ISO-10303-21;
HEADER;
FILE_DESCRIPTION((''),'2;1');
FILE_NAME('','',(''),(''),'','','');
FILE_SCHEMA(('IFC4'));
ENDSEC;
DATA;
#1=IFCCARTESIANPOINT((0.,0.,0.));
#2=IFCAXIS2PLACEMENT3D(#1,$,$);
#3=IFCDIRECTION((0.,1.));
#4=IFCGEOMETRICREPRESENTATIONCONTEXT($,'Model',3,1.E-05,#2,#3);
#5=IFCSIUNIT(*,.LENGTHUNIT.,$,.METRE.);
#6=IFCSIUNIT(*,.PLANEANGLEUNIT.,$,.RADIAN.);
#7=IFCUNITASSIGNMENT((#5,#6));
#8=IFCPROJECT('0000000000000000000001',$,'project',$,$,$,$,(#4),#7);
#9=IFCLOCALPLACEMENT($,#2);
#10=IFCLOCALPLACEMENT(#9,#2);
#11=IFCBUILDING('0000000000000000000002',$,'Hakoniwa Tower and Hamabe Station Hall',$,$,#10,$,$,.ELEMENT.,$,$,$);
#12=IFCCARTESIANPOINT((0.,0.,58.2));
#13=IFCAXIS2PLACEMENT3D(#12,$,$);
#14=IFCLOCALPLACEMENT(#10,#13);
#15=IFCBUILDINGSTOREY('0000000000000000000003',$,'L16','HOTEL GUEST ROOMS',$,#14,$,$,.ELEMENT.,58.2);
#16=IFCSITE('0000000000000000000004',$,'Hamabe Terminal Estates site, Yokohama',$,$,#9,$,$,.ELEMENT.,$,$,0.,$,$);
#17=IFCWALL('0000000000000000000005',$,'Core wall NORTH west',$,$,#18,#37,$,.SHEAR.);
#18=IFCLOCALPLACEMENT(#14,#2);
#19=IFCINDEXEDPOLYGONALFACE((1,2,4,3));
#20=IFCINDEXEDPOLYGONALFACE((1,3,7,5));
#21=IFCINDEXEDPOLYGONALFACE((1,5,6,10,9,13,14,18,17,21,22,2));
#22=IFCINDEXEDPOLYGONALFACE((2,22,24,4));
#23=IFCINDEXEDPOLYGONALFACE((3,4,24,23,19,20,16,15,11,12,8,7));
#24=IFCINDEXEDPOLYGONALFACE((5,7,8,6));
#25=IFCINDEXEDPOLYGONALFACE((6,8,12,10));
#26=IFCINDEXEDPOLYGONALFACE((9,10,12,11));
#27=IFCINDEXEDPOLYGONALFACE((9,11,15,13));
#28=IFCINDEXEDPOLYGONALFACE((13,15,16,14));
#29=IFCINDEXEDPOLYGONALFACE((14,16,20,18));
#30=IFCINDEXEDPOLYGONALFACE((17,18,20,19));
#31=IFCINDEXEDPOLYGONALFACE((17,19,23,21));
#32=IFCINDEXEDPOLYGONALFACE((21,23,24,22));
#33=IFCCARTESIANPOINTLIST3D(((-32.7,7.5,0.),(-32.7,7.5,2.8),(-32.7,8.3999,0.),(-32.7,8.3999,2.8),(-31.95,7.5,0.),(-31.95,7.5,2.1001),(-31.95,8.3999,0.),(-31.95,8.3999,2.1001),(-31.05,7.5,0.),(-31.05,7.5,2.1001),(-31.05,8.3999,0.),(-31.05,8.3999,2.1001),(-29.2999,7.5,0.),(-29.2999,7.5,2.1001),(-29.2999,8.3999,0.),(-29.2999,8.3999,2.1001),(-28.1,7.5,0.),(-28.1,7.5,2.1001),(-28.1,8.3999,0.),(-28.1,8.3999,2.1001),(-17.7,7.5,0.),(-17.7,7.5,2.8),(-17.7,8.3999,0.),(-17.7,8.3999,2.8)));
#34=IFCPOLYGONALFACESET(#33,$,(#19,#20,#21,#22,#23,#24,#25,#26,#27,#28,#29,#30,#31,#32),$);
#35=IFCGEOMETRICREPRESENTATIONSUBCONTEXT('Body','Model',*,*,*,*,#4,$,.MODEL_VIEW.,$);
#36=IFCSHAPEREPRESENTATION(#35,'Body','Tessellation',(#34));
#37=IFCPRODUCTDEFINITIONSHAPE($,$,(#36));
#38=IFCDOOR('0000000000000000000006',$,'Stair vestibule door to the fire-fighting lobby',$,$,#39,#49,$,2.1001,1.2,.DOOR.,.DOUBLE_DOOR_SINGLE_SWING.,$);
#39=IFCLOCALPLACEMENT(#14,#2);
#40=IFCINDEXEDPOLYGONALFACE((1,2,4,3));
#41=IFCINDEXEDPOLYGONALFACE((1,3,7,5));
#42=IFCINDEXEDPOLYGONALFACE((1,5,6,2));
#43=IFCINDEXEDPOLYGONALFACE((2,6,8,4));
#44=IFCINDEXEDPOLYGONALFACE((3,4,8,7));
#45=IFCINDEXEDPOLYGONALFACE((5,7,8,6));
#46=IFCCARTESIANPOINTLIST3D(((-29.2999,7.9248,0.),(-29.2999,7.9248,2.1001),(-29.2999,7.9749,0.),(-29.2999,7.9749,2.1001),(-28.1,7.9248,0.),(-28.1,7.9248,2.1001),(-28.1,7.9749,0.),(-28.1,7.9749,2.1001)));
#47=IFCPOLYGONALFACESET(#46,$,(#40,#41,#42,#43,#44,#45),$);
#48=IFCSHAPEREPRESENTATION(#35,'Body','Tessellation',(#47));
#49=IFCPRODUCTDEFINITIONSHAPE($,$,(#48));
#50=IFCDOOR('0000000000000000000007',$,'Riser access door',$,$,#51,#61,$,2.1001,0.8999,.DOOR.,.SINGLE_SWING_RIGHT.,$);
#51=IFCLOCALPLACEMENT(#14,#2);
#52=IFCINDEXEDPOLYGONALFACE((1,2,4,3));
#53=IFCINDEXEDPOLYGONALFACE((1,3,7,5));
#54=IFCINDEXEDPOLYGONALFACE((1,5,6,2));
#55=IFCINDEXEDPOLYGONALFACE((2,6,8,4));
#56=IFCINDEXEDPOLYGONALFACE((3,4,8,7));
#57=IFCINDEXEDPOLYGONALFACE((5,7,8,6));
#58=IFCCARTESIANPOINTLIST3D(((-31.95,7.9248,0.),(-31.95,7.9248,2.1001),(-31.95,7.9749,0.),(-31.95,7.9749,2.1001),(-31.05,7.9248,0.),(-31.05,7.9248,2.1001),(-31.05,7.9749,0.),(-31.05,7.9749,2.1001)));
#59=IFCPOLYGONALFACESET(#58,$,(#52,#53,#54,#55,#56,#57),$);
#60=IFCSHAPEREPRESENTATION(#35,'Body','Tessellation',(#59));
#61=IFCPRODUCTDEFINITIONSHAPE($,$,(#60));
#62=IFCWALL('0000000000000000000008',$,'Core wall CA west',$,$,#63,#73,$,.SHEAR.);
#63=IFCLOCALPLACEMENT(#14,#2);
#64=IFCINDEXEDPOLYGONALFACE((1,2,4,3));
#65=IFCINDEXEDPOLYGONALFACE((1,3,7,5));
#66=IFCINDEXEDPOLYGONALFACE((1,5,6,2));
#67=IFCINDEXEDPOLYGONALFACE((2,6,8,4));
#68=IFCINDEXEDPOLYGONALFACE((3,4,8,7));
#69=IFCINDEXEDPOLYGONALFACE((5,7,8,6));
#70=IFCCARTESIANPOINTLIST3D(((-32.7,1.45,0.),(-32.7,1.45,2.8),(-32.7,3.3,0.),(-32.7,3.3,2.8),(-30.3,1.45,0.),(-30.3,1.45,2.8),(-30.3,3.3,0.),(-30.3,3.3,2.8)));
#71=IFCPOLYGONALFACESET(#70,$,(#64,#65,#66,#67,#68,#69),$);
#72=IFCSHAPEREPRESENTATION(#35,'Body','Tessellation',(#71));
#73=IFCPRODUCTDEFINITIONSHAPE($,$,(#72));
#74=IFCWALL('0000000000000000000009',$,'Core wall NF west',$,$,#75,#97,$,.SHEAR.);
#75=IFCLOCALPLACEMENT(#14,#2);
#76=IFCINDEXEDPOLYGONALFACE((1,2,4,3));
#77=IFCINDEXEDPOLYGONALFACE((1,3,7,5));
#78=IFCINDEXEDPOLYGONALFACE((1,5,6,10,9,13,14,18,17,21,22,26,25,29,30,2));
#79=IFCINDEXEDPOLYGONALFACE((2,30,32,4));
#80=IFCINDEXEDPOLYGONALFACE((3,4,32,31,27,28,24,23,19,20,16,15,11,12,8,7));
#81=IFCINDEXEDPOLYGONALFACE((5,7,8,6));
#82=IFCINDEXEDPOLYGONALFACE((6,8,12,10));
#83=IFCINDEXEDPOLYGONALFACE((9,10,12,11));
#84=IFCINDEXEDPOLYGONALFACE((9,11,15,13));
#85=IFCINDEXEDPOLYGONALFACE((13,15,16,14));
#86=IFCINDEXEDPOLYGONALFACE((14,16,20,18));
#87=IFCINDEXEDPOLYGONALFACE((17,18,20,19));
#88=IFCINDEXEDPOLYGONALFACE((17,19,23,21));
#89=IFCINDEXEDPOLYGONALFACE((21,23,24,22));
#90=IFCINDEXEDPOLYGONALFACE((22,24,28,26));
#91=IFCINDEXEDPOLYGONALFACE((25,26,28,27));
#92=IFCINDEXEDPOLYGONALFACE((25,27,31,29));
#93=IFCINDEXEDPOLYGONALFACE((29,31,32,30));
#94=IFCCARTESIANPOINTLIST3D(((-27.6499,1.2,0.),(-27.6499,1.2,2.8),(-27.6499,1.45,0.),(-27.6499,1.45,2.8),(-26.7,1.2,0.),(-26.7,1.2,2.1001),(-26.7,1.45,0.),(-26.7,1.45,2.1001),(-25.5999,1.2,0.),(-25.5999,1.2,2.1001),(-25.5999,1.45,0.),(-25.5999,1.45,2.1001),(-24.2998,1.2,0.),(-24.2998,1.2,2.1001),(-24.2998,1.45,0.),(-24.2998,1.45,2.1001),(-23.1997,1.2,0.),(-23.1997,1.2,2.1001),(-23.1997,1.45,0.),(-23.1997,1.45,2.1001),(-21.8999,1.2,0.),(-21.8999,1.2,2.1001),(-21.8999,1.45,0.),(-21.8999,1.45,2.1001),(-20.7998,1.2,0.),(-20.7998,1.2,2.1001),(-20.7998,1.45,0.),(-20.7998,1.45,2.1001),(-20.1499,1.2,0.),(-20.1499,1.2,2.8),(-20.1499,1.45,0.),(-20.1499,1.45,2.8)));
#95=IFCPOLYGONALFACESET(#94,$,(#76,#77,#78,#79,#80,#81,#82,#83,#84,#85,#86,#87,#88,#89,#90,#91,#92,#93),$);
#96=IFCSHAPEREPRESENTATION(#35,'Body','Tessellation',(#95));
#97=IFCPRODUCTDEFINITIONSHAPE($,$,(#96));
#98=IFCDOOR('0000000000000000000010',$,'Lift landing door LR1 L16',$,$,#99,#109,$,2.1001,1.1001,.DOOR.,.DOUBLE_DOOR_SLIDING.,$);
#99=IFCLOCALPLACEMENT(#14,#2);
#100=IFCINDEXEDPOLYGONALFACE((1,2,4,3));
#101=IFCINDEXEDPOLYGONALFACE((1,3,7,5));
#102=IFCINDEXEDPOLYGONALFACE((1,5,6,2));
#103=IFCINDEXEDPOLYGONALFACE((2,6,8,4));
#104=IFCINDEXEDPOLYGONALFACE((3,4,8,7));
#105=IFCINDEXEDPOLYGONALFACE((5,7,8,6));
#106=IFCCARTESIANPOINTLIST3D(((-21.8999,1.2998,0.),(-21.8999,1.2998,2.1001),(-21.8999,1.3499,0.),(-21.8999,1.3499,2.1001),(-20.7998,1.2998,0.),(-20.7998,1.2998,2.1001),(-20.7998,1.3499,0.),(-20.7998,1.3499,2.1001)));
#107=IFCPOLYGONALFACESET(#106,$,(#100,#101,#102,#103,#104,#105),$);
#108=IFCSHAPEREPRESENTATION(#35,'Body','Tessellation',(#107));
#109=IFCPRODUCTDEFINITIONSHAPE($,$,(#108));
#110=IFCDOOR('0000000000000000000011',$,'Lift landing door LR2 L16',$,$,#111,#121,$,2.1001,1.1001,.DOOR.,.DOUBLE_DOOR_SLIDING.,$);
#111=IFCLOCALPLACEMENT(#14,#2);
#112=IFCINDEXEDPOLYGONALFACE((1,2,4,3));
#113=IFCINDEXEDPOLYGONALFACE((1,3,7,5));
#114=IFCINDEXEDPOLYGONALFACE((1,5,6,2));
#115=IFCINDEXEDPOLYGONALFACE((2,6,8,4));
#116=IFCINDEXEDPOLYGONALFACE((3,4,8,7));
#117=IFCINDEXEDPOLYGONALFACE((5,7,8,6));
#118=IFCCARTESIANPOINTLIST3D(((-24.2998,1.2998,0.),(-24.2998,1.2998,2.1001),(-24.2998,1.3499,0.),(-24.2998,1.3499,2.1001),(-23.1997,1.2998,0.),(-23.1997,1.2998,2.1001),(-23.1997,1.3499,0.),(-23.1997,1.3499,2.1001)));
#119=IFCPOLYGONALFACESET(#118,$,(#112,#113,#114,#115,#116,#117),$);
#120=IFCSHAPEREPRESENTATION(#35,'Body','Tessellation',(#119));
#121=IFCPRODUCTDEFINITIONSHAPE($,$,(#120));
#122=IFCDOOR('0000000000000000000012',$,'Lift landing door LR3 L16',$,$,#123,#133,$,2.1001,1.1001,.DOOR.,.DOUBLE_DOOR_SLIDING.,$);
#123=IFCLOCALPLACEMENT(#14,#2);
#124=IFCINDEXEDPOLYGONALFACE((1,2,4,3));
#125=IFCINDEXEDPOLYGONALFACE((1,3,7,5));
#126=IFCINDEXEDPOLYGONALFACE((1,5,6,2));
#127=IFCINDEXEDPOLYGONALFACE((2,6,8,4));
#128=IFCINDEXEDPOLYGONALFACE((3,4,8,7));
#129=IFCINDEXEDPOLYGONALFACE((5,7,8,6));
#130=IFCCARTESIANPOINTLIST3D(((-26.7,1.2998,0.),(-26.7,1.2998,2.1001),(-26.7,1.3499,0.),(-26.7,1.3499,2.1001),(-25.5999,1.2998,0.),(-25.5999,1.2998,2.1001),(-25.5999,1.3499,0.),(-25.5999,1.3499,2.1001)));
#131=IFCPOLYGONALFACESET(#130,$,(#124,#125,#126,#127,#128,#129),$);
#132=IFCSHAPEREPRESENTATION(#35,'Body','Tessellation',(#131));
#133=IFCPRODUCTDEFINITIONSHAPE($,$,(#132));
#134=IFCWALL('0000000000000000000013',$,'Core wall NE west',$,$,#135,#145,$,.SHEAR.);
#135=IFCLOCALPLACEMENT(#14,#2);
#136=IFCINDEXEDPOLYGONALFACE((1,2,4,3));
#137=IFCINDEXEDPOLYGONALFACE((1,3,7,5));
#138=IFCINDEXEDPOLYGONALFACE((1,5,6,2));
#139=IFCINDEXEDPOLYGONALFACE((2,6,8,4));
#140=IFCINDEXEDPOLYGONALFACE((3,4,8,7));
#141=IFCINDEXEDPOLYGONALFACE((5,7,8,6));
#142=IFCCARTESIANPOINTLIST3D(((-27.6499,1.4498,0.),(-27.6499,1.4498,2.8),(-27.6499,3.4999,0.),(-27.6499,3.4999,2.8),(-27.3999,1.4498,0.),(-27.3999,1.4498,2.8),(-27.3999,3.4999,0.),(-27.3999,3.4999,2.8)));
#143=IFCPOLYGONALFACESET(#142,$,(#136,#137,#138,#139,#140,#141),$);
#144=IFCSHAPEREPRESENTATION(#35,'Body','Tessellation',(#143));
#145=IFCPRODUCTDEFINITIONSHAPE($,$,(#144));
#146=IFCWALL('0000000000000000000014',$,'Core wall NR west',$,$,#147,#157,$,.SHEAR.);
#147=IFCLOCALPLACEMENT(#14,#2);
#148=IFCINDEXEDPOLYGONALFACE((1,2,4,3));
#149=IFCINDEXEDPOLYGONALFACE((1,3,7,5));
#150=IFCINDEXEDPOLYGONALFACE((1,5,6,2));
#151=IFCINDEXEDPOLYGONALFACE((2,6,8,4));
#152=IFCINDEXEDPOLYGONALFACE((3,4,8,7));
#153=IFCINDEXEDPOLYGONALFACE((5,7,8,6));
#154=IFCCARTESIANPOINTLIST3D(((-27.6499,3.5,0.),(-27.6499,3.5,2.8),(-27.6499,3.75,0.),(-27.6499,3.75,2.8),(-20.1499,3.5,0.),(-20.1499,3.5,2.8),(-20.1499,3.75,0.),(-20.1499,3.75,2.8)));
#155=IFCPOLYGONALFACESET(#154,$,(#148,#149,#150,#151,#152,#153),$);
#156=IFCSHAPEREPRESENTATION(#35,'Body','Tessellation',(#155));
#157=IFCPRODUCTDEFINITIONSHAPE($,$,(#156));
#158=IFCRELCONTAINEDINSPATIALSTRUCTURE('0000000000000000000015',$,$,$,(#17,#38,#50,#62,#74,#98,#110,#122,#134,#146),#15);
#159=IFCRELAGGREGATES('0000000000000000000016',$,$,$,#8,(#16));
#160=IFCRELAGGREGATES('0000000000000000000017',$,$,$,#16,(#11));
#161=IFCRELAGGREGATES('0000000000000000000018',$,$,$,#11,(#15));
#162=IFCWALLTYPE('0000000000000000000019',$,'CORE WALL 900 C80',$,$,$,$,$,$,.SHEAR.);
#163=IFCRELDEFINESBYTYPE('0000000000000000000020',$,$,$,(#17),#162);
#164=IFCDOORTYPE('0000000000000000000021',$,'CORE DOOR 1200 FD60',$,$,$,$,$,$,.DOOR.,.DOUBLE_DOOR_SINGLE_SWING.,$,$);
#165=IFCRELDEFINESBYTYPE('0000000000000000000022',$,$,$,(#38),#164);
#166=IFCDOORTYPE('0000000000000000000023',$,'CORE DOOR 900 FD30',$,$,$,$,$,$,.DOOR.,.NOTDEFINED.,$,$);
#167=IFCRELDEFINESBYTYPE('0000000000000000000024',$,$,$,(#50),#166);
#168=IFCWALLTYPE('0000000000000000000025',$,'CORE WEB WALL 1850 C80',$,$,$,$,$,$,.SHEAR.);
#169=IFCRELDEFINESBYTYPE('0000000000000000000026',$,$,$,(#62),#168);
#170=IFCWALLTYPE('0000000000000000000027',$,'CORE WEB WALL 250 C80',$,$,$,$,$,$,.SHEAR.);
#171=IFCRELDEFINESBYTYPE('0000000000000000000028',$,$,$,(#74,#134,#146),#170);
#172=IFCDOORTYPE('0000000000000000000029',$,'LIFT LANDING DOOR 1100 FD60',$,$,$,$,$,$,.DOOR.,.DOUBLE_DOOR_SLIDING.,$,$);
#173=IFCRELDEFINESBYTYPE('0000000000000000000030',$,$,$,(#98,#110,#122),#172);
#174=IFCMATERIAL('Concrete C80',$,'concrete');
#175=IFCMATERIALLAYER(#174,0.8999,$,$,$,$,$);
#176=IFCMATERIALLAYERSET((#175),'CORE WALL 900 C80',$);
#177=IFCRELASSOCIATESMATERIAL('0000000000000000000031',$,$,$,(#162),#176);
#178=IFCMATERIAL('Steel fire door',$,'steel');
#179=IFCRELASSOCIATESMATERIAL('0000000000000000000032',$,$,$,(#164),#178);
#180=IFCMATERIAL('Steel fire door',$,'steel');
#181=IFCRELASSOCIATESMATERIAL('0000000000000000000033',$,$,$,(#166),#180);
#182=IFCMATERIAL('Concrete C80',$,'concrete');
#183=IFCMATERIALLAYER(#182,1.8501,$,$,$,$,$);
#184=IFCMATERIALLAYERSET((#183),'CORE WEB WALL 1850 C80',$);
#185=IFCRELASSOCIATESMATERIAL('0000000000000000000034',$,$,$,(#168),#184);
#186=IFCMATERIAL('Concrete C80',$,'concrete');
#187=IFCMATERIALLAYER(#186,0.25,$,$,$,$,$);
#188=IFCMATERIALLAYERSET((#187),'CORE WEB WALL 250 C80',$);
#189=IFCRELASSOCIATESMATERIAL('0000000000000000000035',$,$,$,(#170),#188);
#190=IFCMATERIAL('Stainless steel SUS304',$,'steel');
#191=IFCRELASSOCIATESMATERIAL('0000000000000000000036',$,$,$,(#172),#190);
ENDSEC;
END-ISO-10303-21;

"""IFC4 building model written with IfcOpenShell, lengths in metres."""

from ifc_helpers import new_model, si_unit, direction, frame, frame_2d, origin, place, context, subcontext, project, spatial, rectangle, extrude, material, layer, layer_set, type_object, element, fill, save


model = new_model("IFC4")

# Units and contexts
model_context = context("Model", 3, precision=1e-05, world=origin(), true_north=direction((0.0, 1.0)))
body_context = subcontext(model_context, "Body", "Model", "MODEL_VIEW")
ifc_project = project(units=[si_unit("LENGTHUNIT", "METRE"), si_unit("PLANEANGLEUNIT", "RADIAN")], contexts=[model_context])

# Site, building, storey
site_placement = place(None, origin())
site = spatial("IfcSite", under=ifc_project, at=site_placement, Name="Hamabe Terminal Estates site, Yokohama", CompositionType="ELEMENT", RefElevation=0.0)
building_placement = place(site_placement, origin())
building = spatial("IfcBuilding", under=site, at=building_placement, Name="Hakoniwa Tower and Hamabe Station Hall", CompositionType="ELEMENT")
storey_placement = place(building_placement, frame((0.0, 0.0, 58.2)))
storey = spatial("IfcBuildingStorey", under=building, at=storey_placement, Name="L16", Description="HOTEL GUEST ROOMS", CompositionType="ELEMENT", Elevation=58.2)

# Wall, openings, doors
ifc_material_1 = material(Name="Concrete C80", Category="concrete")
ifc_layer_1 = layer(ifc_material_1, 0.8999)
ifc_layer_set_1 = layer_set([ifc_layer_1], Name="CORE WALL 900 C80")
wall_type_1 = type_object("IfcWallType", Name="CORE WALL 900 C80", PredefinedType="SHEAR", material=ifc_layer_set_1)
wall_1_placement = place(storey_placement, frame((-32.7, 7.95, 0.0), z_axis=(0.0, 0.0, 1.0), x_axis=(1.0, 0.0, 0.0)))
wall_1 = element("IfcWall", 1, at=wall_1_placement, inside=storey, type_object=wall_type_1, Name="Core wall NORTH west", PredefinedType="SHEAR", context=body_context, shape_type="SweptSolid", body=[
    extrude(rectangle(XDim=15.0, YDim=0.8999, at=frame_2d((7.5, 0.0))), origin(), (0.0, 0.0, 1.0), 2.8),
])
opening_1_placement = place(wall_1_placement, frame((3.3999, 0.0, 0.0)))
opening_1 = element("IfcOpeningElement", 2, at=opening_1_placement, cuts=wall_1, PredefinedType="OPENING", context=body_context, shape_type="SweptSolid", body=[
    extrude(rectangle(XDim=1.2, YDim=2.1001, at=frame_2d((0.6001, 1.05))), frame((0.0, 0.46, 0.0), z_axis=(0.0, -1.0, 0.0), x_axis=(1.0, 0.0, 0.0)), (0.0, 0.0, 1.0), 0.9199),
])
opening_2_placement = place(wall_1_placement, frame((0.75, 0.0, 0.0)))
opening_2 = element("IfcOpeningElement", 3, at=opening_2_placement, cuts=wall_1, PredefinedType="OPENING", context=body_context, shape_type="SweptSolid", body=[
    extrude(rectangle(XDim=0.8999, YDim=2.1001, at=frame_2d((0.45, 1.05))), frame((0.0, 0.46, 0.0), z_axis=(0.0, -1.0, 0.0), x_axis=(1.0, 0.0, 0.0)), (0.0, 0.0, 1.0), 0.9199),
])
ifc_material_2 = material(Name="Steel fire door", Category="steel")
door_type_1 = type_object("IfcDoorType", Name="CORE DOOR 1200 FD60", OperationType="DOUBLE_DOOR_SINGLE_SWING", PredefinedType="DOOR", material=ifc_material_2)
door_1_placement = place(opening_1_placement, origin())
door_1 = element("IfcDoor", 4, at=door_1_placement, inside=storey, type_object=door_type_1, Name="Stair vestibule door to the fire-fighting lobby", OperationType="DOUBLE_DOOR_SINGLE_SWING", OverallHeight=2.1001, OverallWidth=1.2, PredefinedType="DOOR", context=body_context, shape_type="SweptSolid", body=[
    extrude(rectangle(XDim=1.2, YDim=2.1001, at=frame_2d((0.6001, 1.05))), frame((0.0, 0.0249, 0.0), z_axis=(0.0, -1.0, 0.0), x_axis=(1.0, 0.0, 0.0)), (0.0, 0.0, 1.0), 0.05),
])
fill(opening_1, door_1)
ifc_material_3 = material(Name="Steel fire door", Category="steel")
door_type_2 = type_object("IfcDoorType", Name="CORE DOOR 900 FD30", OperationType="NOTDEFINED", PredefinedType="DOOR", material=ifc_material_3)
door_2_placement = place(opening_2_placement, origin())
door_2 = element("IfcDoor", 5, at=door_2_placement, inside=storey, type_object=door_type_2, Name="Riser access door", OperationType="SINGLE_SWING_RIGHT", OverallHeight=2.1001, OverallWidth=0.8999, PredefinedType="DOOR", context=body_context, shape_type="SweptSolid", body=[
    extrude(rectangle(XDim=0.8999, YDim=2.1001, at=frame_2d((0.45, 1.05))), frame((0.0, 0.0249, 0.0), z_axis=(0.0, -1.0, 0.0), x_axis=(1.0, 0.0, 0.0)), (0.0, 0.0, 1.0), 0.05),
])
fill(opening_2, door_2)

# Wall
ifc_material_4 = material(Name="Concrete C80", Category="concrete")
ifc_layer_2 = layer(ifc_material_4, 1.8501)
ifc_layer_set_2 = layer_set([ifc_layer_2], Name="CORE WEB WALL 1850 C80")
wall_type_2 = type_object("IfcWallType", Name="CORE WEB WALL 1850 C80", PredefinedType="SHEAR", material=ifc_layer_set_2)
wall_2_placement = place(storey_placement, frame((-32.7, 2.375, 0.0), z_axis=(0.0, 0.0, 1.0), x_axis=(1.0, 0.0, 0.0)))
element("IfcWall", 6, at=wall_2_placement, inside=storey, type_object=wall_type_2, Name="Core wall CA west", PredefinedType="SHEAR", context=body_context, shape_type="SweptSolid", body=[
    extrude(rectangle(XDim=2.3999, YDim=1.8501, at=frame_2d((1.2, 0.0))), origin(), (0.0, 0.0, 1.0), 2.8),
])

# Wall, openings, doors
ifc_material_5 = material(Name="Concrete C80", Category="concrete")
ifc_layer_3 = layer(ifc_material_5, 0.25)
ifc_layer_set_3 = layer_set([ifc_layer_3], Name="CORE WEB WALL 250 C80")
wall_type_3 = type_object("IfcWallType", Name="CORE WEB WALL 250 C80", PredefinedType="SHEAR", material=ifc_layer_set_3)
wall_3_placement = place(storey_placement, frame((-27.6499, 1.325, 0.0), z_axis=(0.0, 0.0, 1.0), x_axis=(1.0, 0.0, 0.0)))
wall_3 = element("IfcWall", 7, at=wall_3_placement, inside=storey, type_object=wall_type_3, Name="Core wall NF west", PredefinedType="SHEAR", context=body_context, shape_type="SweptSolid", body=[
    extrude(rectangle(XDim=7.5, YDim=0.25, at=frame_2d((3.75, 0.0))), origin(), (0.0, 0.0, 1.0), 2.8),
])
opening_3_placement = place(wall_3_placement, frame((5.75, 0.0, 0.0)))
opening_3 = element("IfcOpeningElement", 8, at=opening_3_placement, cuts=wall_3, PredefinedType="OPENING", context=body_context, shape_type="SweptSolid", body=[
    extrude(rectangle(XDim=1.1001, YDim=2.1001, at=frame_2d((0.55, 1.05))), frame((0.0, 0.135, 0.0), z_axis=(0.0, -1.0, 0.0), x_axis=(1.0, 0.0, 0.0)), (0.0, 0.0, 1.0), 0.27),
])
opening_4_placement = place(wall_3_placement, frame((3.3501, 0.0, 0.0)))
opening_4 = element("IfcOpeningElement", 9, at=opening_4_placement, cuts=wall_3, PredefinedType="OPENING", context=body_context, shape_type="SweptSolid", body=[
    extrude(rectangle(XDim=1.1001, YDim=2.1001, at=frame_2d((0.55, 1.05))), frame((0.0, 0.135, 0.0), z_axis=(0.0, -1.0, 0.0), x_axis=(1.0, 0.0, 0.0)), (0.0, 0.0, 1.0), 0.27),
])
opening_5_placement = place(wall_3_placement, frame((0.95, 0.0, 0.0)))
opening_5 = element("IfcOpeningElement", 10, at=opening_5_placement, cuts=wall_3, PredefinedType="OPENING", context=body_context, shape_type="SweptSolid", body=[
    extrude(rectangle(XDim=1.1001, YDim=2.1001, at=frame_2d((0.55, 1.05))), frame((0.0, 0.135, 0.0), z_axis=(0.0, -1.0, 0.0), x_axis=(1.0, 0.0, 0.0)), (0.0, 0.0, 1.0), 0.27),
])
ifc_material_6 = material(Name="Stainless steel SUS304", Category="steel")
door_type_3 = type_object("IfcDoorType", Name="LIFT LANDING DOOR 1100 FD60", OperationType="DOUBLE_DOOR_SLIDING", PredefinedType="DOOR", material=ifc_material_6)
door_3_placement = place(opening_3_placement, origin())
door_3 = element("IfcDoor", 11, at=door_3_placement, inside=storey, type_object=door_type_3, Name="Lift landing door LR1 L16", OperationType="DOUBLE_DOOR_SLIDING", OverallHeight=2.1001, OverallWidth=1.1001, PredefinedType="DOOR", context=body_context, shape_type="SweptSolid", body=[
    extrude(rectangle(XDim=1.1001, YDim=2.1001, at=frame_2d((0.55, 1.05))), frame((0.0, 0.0249, 0.0), z_axis=(0.0, -1.0, 0.0), x_axis=(1.0, 0.0, 0.0)), (0.0, 0.0, 1.0), 0.05),
])
fill(opening_3, door_3)
door_4_placement = place(opening_4_placement, origin())
door_4 = element("IfcDoor", 12, at=door_4_placement, inside=storey, type_object=door_type_3, Name="Lift landing door LR2 L16", OperationType="DOUBLE_DOOR_SLIDING", OverallHeight=2.1001, OverallWidth=1.1001, PredefinedType="DOOR", context=body_context, shape_type="SweptSolid", body=[
    extrude(rectangle(XDim=1.1001, YDim=2.1001, at=frame_2d((0.55, 1.05))), frame((0.0, 0.0249, 0.0), z_axis=(0.0, -1.0, 0.0), x_axis=(1.0, 0.0, 0.0)), (0.0, 0.0, 1.0), 0.05),
])
fill(opening_4, door_4)
door_5_placement = place(opening_5_placement, origin())
door_5 = element("IfcDoor", 13, at=door_5_placement, inside=storey, type_object=door_type_3, Name="Lift landing door LR3 L16", OperationType="DOUBLE_DOOR_SLIDING", OverallHeight=2.1001, OverallWidth=1.1001, PredefinedType="DOOR", context=body_context, shape_type="SweptSolid", body=[
    extrude(rectangle(XDim=1.1001, YDim=2.1001, at=frame_2d((0.55, 1.05))), frame((0.0, 0.0249, 0.0), z_axis=(0.0, -1.0, 0.0), x_axis=(1.0, 0.0, 0.0)), (0.0, 0.0, 1.0), 0.05),
])
fill(opening_5, door_5)

# Walls
wall_4_placement = place(storey_placement, frame((-27.5249, 1.45, 0.0), z_axis=(0.0, 0.0, 1.0), x_axis=(0.0, 1.0, 0.0)))
element("IfcWall", 14, at=wall_4_placement, inside=storey, type_object=wall_type_3, Name="Core wall NE west", PredefinedType="SHEAR", context=body_context, shape_type="SweptSolid", body=[
    extrude(rectangle(XDim=2.05, YDim=0.25, at=frame_2d((1.0249, 0.0))), origin(), (0.0, 0.0, 1.0), 2.8),
])
wall_5_placement = place(storey_placement, frame((-27.6499, 3.625, 0.0), z_axis=(0.0, 0.0, 1.0), x_axis=(1.0, 0.0, 0.0)))
element("IfcWall", 15, at=wall_5_placement, inside=storey, type_object=wall_type_3, Name="Core wall NR west", PredefinedType="SHEAR", context=body_context, shape_type="SweptSolid", body=[
    extrude(rectangle(XDim=7.5, YDim=0.25, at=frame_2d((3.75, 0.0))), origin(), (0.0, 0.0, 1.0), 2.8),
])

save(model, "model.ifc")
